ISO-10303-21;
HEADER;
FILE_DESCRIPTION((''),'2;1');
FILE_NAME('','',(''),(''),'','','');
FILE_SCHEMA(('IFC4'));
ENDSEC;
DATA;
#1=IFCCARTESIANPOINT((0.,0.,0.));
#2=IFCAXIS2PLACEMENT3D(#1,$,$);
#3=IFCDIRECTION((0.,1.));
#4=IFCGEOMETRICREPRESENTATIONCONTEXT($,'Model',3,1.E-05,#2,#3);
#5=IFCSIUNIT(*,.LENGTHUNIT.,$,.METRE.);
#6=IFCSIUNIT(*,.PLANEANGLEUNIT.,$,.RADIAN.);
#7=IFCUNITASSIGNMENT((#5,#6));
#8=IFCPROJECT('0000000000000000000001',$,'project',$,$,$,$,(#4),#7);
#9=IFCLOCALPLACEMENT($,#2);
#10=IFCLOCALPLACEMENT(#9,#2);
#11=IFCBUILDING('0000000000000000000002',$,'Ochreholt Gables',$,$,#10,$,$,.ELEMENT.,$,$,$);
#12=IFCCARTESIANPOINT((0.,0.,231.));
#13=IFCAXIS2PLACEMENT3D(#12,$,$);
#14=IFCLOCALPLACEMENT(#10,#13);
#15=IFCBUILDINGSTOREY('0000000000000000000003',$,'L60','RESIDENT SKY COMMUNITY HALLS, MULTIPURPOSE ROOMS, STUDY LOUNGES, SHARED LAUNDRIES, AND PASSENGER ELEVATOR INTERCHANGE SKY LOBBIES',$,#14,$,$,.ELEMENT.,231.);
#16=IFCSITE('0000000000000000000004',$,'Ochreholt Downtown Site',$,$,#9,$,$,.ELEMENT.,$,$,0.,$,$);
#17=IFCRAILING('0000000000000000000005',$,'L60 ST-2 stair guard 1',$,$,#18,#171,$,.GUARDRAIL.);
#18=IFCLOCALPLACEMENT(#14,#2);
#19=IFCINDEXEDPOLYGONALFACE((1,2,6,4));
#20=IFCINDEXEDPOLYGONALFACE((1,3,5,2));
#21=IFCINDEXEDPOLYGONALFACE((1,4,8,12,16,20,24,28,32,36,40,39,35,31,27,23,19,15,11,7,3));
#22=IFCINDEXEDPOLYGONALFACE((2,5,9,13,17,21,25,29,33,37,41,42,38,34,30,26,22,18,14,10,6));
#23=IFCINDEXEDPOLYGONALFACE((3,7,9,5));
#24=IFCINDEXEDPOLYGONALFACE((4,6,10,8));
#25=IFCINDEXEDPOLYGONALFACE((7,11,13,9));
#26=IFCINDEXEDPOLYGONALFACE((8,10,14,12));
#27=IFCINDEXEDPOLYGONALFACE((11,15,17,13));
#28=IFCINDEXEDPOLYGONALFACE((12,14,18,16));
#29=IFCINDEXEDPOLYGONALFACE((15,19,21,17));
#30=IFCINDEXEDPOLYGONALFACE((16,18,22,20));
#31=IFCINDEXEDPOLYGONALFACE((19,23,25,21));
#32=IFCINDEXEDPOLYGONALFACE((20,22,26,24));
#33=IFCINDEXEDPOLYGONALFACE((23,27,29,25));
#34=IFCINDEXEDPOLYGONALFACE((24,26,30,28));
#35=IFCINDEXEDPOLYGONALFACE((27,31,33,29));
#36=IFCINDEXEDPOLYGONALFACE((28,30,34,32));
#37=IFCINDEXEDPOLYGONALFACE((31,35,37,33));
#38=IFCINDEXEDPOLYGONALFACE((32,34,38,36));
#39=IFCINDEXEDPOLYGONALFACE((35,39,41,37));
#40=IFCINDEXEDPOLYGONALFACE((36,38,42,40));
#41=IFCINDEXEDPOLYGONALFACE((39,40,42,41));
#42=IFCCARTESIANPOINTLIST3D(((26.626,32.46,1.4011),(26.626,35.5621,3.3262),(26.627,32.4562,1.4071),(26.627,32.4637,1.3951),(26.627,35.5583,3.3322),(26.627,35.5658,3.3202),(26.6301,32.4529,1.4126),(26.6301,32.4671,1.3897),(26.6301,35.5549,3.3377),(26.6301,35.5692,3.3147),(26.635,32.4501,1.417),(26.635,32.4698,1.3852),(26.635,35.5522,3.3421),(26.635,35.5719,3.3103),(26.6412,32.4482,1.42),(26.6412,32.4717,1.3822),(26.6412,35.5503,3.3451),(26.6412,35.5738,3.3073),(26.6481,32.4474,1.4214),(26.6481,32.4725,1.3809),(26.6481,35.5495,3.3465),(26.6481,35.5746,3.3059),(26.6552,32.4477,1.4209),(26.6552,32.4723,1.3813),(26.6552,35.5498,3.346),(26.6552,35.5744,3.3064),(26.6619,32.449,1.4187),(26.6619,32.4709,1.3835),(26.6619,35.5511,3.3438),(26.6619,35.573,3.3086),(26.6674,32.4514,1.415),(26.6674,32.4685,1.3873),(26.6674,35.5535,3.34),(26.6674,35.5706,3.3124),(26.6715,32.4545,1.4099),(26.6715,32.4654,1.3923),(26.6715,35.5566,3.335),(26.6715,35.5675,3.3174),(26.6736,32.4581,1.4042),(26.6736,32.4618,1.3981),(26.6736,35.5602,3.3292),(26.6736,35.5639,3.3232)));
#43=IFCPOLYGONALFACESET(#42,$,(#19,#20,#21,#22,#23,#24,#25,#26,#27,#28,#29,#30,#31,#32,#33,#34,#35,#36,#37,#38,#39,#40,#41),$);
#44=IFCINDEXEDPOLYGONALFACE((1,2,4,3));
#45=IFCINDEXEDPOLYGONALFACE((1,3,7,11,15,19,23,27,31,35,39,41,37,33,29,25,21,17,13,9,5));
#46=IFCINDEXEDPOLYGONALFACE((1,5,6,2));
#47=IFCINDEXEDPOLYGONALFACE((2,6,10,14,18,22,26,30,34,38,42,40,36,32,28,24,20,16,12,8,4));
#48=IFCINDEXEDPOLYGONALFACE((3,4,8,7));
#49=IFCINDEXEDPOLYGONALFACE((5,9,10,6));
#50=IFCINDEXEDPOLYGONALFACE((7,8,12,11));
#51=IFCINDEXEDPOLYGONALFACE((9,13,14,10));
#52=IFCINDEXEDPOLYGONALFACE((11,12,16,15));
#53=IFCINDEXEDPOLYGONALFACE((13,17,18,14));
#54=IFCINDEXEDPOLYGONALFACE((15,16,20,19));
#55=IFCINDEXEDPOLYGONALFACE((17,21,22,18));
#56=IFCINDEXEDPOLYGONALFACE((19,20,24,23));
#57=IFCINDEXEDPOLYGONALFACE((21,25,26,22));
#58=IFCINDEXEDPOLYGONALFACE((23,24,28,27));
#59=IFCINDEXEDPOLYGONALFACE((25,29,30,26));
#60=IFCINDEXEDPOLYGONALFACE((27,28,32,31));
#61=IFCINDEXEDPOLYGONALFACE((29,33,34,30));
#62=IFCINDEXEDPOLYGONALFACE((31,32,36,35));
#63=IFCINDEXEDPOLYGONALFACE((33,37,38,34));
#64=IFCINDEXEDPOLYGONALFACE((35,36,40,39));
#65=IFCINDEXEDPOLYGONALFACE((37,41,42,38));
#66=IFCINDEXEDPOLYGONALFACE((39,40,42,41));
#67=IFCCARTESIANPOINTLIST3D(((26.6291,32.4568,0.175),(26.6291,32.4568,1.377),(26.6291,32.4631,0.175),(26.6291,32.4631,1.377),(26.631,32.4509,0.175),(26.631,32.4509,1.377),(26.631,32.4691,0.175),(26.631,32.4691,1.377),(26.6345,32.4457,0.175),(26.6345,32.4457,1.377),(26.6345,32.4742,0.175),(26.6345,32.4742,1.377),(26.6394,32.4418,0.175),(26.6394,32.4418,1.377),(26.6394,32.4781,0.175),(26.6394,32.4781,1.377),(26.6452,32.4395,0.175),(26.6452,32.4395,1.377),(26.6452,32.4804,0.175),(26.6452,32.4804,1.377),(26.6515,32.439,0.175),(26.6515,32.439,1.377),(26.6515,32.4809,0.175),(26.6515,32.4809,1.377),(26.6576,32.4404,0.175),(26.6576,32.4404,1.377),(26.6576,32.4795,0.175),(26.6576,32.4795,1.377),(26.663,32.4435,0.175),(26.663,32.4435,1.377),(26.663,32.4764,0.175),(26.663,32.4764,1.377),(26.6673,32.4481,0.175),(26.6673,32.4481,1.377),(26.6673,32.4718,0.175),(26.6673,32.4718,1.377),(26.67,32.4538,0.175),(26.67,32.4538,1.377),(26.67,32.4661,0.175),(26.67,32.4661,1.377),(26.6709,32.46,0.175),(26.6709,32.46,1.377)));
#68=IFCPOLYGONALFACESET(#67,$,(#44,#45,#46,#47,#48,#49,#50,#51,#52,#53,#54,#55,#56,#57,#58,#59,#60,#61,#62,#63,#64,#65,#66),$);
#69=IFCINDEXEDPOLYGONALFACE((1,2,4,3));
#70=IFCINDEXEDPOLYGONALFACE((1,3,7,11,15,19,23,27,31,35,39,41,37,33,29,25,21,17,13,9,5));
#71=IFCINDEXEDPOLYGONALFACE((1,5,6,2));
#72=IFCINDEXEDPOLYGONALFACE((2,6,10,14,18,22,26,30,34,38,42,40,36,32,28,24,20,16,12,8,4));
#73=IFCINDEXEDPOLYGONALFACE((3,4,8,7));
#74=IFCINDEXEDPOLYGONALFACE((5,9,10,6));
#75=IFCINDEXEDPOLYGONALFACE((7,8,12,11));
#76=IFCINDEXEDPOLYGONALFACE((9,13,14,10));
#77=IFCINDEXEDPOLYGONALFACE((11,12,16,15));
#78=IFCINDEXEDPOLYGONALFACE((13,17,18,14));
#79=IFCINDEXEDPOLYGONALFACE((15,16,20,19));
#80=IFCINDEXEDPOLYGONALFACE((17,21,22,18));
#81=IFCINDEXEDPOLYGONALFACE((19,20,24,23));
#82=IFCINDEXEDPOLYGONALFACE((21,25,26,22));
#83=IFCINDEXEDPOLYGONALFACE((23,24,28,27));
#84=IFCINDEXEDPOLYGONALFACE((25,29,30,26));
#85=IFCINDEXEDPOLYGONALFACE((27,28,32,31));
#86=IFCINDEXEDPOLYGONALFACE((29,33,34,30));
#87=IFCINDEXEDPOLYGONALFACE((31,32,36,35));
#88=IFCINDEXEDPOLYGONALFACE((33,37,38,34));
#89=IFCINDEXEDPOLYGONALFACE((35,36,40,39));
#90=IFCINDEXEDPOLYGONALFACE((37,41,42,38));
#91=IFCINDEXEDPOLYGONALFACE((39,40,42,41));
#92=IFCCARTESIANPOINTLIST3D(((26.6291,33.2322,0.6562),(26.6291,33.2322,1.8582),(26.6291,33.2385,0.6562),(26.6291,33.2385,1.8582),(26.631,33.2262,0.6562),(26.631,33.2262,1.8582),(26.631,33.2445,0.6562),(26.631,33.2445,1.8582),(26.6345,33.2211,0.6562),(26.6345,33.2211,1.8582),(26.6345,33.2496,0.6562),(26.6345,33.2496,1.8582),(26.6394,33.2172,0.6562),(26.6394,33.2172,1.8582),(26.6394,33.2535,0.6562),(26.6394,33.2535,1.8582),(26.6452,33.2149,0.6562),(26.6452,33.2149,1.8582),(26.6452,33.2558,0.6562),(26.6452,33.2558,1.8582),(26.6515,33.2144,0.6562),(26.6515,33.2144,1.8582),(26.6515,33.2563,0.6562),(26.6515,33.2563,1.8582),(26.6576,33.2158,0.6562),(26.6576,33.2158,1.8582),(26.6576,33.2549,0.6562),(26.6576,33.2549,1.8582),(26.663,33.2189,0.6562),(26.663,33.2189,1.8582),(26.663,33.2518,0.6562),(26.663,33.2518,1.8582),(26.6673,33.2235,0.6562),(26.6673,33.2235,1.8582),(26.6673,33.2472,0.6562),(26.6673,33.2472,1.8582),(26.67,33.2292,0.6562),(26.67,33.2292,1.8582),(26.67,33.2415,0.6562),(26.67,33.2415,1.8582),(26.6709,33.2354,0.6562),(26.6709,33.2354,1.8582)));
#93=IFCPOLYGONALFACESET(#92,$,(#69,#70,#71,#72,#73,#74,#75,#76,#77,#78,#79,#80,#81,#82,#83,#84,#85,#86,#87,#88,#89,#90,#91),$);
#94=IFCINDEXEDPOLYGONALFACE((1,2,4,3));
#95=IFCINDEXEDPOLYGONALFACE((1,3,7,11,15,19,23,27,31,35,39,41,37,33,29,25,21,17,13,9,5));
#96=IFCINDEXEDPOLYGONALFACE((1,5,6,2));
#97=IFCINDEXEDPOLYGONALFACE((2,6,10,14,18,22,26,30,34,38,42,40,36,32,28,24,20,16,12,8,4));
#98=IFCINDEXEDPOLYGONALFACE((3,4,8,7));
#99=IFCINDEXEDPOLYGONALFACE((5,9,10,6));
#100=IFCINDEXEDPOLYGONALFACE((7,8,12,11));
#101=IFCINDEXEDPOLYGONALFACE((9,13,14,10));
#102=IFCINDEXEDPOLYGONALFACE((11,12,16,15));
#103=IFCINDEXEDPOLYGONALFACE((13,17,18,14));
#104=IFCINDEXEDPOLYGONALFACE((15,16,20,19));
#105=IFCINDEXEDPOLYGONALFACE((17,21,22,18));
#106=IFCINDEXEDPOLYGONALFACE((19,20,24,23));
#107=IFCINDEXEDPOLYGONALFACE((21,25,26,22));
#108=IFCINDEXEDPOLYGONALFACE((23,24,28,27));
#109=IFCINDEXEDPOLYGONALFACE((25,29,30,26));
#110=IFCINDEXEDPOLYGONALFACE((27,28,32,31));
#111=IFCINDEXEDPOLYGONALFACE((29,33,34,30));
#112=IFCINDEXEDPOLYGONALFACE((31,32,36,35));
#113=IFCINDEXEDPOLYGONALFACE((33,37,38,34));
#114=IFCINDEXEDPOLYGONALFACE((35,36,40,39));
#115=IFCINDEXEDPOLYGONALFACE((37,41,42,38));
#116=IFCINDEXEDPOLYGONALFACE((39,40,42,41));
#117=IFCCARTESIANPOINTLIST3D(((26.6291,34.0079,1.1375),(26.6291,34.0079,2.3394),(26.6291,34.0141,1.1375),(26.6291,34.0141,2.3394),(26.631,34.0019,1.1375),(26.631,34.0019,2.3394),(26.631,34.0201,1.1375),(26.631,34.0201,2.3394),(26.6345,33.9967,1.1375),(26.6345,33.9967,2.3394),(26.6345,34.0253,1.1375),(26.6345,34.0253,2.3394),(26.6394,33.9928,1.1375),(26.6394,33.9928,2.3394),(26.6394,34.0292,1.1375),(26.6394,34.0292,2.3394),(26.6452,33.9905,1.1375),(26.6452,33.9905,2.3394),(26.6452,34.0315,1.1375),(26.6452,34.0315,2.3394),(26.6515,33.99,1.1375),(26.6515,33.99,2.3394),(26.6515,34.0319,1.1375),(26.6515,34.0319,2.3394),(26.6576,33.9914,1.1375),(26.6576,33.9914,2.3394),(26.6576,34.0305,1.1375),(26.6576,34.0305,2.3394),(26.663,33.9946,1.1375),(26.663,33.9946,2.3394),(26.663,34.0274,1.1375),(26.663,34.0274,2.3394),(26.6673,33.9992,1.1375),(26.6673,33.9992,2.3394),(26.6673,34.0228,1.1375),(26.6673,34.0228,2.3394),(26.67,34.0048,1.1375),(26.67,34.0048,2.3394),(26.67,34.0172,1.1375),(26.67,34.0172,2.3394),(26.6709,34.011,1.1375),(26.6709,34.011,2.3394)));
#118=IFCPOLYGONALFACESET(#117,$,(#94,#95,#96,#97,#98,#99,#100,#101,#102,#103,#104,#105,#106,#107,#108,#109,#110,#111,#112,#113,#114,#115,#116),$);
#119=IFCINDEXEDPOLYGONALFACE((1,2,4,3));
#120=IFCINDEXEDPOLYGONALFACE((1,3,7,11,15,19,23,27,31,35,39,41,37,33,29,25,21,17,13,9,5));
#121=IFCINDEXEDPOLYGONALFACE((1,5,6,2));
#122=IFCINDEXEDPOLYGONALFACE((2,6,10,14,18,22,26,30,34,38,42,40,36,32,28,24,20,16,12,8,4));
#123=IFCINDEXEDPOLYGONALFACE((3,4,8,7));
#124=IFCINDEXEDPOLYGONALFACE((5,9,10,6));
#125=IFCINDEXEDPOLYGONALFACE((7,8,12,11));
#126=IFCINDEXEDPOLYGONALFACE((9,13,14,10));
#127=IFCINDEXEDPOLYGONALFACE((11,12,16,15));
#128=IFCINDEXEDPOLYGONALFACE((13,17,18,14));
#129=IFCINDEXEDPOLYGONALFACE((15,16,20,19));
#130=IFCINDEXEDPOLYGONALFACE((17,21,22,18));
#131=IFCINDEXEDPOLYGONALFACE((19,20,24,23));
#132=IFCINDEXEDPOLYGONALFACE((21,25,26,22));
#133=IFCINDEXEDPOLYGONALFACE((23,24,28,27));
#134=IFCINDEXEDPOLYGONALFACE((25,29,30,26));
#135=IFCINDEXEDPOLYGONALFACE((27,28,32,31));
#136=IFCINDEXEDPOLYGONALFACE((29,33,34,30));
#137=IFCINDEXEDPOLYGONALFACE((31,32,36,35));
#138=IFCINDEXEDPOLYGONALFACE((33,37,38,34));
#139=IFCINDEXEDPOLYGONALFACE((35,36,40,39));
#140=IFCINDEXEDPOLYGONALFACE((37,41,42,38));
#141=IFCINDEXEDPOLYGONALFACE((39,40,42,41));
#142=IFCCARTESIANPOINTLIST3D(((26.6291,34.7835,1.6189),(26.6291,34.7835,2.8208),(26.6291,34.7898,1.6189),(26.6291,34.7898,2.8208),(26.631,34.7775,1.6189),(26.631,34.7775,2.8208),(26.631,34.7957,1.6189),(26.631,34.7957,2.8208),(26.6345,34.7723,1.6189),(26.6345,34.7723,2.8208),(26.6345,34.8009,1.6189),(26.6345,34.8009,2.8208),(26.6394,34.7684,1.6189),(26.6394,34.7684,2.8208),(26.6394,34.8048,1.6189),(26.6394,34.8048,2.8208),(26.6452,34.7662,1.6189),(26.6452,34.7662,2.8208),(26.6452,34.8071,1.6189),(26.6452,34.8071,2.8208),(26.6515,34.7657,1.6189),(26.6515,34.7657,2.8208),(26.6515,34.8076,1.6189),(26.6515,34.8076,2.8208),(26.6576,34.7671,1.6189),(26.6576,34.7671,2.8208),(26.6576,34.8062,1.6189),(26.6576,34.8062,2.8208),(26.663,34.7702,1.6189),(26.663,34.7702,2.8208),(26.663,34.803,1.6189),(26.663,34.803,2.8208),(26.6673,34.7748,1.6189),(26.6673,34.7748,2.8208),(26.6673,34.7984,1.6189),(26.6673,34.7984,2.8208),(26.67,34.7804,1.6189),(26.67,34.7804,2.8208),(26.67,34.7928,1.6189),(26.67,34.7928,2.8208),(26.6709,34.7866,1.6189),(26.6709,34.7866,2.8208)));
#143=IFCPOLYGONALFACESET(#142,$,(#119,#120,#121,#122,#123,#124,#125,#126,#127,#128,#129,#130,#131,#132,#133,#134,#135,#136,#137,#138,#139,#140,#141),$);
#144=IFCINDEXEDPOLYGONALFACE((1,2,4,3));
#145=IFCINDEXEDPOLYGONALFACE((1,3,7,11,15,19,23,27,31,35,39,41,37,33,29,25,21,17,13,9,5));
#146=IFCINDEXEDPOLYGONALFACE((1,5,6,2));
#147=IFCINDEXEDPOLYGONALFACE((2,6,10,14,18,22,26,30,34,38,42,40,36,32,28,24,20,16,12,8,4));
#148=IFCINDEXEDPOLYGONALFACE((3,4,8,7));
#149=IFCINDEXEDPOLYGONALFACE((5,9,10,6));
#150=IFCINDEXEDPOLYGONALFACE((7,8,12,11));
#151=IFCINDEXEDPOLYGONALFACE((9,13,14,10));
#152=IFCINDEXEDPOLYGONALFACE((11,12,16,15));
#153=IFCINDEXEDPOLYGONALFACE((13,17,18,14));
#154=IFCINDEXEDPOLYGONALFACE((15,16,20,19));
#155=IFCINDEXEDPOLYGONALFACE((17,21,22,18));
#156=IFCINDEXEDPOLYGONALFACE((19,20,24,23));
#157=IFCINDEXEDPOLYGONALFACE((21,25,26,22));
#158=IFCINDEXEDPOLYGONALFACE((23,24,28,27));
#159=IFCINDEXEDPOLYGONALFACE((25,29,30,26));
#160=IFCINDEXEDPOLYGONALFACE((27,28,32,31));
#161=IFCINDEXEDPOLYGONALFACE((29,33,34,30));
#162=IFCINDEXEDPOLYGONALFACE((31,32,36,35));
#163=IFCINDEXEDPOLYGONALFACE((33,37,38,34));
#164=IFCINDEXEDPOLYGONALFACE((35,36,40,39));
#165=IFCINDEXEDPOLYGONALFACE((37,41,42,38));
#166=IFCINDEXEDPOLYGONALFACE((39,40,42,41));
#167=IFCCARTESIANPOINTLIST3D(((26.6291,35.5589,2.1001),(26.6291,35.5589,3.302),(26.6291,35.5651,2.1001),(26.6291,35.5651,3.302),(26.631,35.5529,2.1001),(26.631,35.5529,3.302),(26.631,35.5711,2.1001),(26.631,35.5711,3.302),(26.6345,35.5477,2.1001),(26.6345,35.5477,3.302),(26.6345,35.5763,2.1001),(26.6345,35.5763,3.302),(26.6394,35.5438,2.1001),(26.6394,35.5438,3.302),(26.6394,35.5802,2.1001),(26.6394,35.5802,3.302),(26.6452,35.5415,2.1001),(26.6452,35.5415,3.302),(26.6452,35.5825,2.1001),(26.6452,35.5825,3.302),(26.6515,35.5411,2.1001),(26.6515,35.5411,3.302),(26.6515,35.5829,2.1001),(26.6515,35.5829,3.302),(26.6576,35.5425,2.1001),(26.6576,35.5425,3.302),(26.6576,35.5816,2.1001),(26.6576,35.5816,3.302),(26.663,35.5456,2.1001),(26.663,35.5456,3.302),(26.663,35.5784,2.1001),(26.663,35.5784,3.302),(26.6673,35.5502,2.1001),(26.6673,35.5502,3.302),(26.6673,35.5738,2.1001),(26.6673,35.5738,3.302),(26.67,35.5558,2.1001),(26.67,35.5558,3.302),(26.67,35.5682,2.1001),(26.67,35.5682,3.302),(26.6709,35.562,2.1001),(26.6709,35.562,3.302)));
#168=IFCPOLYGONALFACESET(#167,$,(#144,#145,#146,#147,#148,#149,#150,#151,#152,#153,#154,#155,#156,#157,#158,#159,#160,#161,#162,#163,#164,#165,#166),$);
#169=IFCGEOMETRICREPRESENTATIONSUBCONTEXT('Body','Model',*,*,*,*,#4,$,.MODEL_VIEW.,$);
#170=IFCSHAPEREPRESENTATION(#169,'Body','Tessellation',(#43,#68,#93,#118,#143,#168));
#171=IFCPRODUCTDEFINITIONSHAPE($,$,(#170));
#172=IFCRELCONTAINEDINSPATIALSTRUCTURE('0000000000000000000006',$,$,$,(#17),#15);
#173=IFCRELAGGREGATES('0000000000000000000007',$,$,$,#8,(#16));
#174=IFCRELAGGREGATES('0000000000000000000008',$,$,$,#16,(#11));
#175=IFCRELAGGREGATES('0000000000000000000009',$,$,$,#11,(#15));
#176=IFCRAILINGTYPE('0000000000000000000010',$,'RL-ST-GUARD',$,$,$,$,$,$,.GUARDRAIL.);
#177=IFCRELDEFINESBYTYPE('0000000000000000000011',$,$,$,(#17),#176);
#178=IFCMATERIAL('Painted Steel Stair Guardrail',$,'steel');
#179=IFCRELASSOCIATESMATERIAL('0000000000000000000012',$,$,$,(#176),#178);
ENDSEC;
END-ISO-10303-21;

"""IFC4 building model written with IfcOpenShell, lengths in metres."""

from ifc_helpers import new_model, si_unit, direction, frame, origin, origin_2d, place, context, subcontext, project, spatial, circle, extrude, material, type_object, element, save


model = new_model("IFC4")

# Units and contexts
model_context = context("Model", 3, precision=1e-05, world=origin(), true_north=direction((0.0, 1.0)))
body_context = subcontext(model_context, "Body", "Model", "MODEL_VIEW")
ifc_project = project(units=[si_unit("LENGTHUNIT", "METRE"), si_unit("PLANEANGLEUNIT", "RADIAN")], contexts=[model_context])

# Site, building, storey
site_placement = place(None, origin())
site = spatial("IfcSite", under=ifc_project, at=site_placement, Name="Ochreholt Downtown Site", CompositionType="ELEMENT", RefElevation=0.0)
building_placement = place(site_placement, origin())
building = spatial("IfcBuilding", under=site, at=building_placement, Name="Ochreholt Gables", CompositionType="ELEMENT")
storey_placement = place(building_placement, frame((0.0, 0.0, 231.0)))
storey = spatial("IfcBuildingStorey", under=building, at=storey_placement, Name="L60", Description="RESIDENT SKY COMMUNITY HALLS, MULTIPURPOSE ROOMS, STUDY LOUNGES, SHARED LAUNDRIES, AND PASSENGER ELEVATOR INTERCHANGE SKY LOBBIES", CompositionType="ELEMENT", Elevation=231.0)

# Railing
ifc_material_1 = material(Name="Painted Steel Stair Guardrail", Category="steel")
railing_type_1 = type_object("IfcRailingType", Name="RL-ST-GUARD", PredefinedType="GUARDRAIL", material=ifc_material_1)
railing_1_placement = place(storey_placement, frame((26.6499, 32.46, 0.175)))
element("IfcRailing", 1, at=railing_1_placement, inside=storey, type_object=railing_type_1, Name="L60 ST-2 stair guard 1", PredefinedType="GUARDRAIL", context=body_context, shape_type="SweptSolid", body=[
    extrude(circle(Radius=0.0239, at=origin_2d()), frame((0.0, 0.0, 1.2261), z_axis=(0.0, 0.849685, 0.527291), x_axis=(-1.0, 0.0, 0.0)), (0.0, 0.0, 1.0), 3.6509),
    extrude(circle(Radius=0.021, at=origin_2d()), origin(), (0.0, 0.0, 1.0), 1.2019),
    extrude(circle(Radius=0.021, at=origin_2d()), frame((0.0, 0.7754, 0.4812)), (0.0, 0.0, 1.0), 1.2019),
    extrude(circle(Radius=0.021, at=origin_2d()), frame((0.0, 1.551, 0.9624)), (0.0, 0.0, 1.0), 1.2019),
    extrude(circle(Radius=0.021, at=origin_2d()), frame((0.0, 2.3267, 1.4438)), (0.0, 0.0, 1.0), 1.2019),
    extrude(circle(Radius=0.021, at=origin_2d()), frame((0.0, 3.1021, 1.925)), (0.0, 0.0, 1.0), 1.2019),
])

save(model, "model.ifc")
